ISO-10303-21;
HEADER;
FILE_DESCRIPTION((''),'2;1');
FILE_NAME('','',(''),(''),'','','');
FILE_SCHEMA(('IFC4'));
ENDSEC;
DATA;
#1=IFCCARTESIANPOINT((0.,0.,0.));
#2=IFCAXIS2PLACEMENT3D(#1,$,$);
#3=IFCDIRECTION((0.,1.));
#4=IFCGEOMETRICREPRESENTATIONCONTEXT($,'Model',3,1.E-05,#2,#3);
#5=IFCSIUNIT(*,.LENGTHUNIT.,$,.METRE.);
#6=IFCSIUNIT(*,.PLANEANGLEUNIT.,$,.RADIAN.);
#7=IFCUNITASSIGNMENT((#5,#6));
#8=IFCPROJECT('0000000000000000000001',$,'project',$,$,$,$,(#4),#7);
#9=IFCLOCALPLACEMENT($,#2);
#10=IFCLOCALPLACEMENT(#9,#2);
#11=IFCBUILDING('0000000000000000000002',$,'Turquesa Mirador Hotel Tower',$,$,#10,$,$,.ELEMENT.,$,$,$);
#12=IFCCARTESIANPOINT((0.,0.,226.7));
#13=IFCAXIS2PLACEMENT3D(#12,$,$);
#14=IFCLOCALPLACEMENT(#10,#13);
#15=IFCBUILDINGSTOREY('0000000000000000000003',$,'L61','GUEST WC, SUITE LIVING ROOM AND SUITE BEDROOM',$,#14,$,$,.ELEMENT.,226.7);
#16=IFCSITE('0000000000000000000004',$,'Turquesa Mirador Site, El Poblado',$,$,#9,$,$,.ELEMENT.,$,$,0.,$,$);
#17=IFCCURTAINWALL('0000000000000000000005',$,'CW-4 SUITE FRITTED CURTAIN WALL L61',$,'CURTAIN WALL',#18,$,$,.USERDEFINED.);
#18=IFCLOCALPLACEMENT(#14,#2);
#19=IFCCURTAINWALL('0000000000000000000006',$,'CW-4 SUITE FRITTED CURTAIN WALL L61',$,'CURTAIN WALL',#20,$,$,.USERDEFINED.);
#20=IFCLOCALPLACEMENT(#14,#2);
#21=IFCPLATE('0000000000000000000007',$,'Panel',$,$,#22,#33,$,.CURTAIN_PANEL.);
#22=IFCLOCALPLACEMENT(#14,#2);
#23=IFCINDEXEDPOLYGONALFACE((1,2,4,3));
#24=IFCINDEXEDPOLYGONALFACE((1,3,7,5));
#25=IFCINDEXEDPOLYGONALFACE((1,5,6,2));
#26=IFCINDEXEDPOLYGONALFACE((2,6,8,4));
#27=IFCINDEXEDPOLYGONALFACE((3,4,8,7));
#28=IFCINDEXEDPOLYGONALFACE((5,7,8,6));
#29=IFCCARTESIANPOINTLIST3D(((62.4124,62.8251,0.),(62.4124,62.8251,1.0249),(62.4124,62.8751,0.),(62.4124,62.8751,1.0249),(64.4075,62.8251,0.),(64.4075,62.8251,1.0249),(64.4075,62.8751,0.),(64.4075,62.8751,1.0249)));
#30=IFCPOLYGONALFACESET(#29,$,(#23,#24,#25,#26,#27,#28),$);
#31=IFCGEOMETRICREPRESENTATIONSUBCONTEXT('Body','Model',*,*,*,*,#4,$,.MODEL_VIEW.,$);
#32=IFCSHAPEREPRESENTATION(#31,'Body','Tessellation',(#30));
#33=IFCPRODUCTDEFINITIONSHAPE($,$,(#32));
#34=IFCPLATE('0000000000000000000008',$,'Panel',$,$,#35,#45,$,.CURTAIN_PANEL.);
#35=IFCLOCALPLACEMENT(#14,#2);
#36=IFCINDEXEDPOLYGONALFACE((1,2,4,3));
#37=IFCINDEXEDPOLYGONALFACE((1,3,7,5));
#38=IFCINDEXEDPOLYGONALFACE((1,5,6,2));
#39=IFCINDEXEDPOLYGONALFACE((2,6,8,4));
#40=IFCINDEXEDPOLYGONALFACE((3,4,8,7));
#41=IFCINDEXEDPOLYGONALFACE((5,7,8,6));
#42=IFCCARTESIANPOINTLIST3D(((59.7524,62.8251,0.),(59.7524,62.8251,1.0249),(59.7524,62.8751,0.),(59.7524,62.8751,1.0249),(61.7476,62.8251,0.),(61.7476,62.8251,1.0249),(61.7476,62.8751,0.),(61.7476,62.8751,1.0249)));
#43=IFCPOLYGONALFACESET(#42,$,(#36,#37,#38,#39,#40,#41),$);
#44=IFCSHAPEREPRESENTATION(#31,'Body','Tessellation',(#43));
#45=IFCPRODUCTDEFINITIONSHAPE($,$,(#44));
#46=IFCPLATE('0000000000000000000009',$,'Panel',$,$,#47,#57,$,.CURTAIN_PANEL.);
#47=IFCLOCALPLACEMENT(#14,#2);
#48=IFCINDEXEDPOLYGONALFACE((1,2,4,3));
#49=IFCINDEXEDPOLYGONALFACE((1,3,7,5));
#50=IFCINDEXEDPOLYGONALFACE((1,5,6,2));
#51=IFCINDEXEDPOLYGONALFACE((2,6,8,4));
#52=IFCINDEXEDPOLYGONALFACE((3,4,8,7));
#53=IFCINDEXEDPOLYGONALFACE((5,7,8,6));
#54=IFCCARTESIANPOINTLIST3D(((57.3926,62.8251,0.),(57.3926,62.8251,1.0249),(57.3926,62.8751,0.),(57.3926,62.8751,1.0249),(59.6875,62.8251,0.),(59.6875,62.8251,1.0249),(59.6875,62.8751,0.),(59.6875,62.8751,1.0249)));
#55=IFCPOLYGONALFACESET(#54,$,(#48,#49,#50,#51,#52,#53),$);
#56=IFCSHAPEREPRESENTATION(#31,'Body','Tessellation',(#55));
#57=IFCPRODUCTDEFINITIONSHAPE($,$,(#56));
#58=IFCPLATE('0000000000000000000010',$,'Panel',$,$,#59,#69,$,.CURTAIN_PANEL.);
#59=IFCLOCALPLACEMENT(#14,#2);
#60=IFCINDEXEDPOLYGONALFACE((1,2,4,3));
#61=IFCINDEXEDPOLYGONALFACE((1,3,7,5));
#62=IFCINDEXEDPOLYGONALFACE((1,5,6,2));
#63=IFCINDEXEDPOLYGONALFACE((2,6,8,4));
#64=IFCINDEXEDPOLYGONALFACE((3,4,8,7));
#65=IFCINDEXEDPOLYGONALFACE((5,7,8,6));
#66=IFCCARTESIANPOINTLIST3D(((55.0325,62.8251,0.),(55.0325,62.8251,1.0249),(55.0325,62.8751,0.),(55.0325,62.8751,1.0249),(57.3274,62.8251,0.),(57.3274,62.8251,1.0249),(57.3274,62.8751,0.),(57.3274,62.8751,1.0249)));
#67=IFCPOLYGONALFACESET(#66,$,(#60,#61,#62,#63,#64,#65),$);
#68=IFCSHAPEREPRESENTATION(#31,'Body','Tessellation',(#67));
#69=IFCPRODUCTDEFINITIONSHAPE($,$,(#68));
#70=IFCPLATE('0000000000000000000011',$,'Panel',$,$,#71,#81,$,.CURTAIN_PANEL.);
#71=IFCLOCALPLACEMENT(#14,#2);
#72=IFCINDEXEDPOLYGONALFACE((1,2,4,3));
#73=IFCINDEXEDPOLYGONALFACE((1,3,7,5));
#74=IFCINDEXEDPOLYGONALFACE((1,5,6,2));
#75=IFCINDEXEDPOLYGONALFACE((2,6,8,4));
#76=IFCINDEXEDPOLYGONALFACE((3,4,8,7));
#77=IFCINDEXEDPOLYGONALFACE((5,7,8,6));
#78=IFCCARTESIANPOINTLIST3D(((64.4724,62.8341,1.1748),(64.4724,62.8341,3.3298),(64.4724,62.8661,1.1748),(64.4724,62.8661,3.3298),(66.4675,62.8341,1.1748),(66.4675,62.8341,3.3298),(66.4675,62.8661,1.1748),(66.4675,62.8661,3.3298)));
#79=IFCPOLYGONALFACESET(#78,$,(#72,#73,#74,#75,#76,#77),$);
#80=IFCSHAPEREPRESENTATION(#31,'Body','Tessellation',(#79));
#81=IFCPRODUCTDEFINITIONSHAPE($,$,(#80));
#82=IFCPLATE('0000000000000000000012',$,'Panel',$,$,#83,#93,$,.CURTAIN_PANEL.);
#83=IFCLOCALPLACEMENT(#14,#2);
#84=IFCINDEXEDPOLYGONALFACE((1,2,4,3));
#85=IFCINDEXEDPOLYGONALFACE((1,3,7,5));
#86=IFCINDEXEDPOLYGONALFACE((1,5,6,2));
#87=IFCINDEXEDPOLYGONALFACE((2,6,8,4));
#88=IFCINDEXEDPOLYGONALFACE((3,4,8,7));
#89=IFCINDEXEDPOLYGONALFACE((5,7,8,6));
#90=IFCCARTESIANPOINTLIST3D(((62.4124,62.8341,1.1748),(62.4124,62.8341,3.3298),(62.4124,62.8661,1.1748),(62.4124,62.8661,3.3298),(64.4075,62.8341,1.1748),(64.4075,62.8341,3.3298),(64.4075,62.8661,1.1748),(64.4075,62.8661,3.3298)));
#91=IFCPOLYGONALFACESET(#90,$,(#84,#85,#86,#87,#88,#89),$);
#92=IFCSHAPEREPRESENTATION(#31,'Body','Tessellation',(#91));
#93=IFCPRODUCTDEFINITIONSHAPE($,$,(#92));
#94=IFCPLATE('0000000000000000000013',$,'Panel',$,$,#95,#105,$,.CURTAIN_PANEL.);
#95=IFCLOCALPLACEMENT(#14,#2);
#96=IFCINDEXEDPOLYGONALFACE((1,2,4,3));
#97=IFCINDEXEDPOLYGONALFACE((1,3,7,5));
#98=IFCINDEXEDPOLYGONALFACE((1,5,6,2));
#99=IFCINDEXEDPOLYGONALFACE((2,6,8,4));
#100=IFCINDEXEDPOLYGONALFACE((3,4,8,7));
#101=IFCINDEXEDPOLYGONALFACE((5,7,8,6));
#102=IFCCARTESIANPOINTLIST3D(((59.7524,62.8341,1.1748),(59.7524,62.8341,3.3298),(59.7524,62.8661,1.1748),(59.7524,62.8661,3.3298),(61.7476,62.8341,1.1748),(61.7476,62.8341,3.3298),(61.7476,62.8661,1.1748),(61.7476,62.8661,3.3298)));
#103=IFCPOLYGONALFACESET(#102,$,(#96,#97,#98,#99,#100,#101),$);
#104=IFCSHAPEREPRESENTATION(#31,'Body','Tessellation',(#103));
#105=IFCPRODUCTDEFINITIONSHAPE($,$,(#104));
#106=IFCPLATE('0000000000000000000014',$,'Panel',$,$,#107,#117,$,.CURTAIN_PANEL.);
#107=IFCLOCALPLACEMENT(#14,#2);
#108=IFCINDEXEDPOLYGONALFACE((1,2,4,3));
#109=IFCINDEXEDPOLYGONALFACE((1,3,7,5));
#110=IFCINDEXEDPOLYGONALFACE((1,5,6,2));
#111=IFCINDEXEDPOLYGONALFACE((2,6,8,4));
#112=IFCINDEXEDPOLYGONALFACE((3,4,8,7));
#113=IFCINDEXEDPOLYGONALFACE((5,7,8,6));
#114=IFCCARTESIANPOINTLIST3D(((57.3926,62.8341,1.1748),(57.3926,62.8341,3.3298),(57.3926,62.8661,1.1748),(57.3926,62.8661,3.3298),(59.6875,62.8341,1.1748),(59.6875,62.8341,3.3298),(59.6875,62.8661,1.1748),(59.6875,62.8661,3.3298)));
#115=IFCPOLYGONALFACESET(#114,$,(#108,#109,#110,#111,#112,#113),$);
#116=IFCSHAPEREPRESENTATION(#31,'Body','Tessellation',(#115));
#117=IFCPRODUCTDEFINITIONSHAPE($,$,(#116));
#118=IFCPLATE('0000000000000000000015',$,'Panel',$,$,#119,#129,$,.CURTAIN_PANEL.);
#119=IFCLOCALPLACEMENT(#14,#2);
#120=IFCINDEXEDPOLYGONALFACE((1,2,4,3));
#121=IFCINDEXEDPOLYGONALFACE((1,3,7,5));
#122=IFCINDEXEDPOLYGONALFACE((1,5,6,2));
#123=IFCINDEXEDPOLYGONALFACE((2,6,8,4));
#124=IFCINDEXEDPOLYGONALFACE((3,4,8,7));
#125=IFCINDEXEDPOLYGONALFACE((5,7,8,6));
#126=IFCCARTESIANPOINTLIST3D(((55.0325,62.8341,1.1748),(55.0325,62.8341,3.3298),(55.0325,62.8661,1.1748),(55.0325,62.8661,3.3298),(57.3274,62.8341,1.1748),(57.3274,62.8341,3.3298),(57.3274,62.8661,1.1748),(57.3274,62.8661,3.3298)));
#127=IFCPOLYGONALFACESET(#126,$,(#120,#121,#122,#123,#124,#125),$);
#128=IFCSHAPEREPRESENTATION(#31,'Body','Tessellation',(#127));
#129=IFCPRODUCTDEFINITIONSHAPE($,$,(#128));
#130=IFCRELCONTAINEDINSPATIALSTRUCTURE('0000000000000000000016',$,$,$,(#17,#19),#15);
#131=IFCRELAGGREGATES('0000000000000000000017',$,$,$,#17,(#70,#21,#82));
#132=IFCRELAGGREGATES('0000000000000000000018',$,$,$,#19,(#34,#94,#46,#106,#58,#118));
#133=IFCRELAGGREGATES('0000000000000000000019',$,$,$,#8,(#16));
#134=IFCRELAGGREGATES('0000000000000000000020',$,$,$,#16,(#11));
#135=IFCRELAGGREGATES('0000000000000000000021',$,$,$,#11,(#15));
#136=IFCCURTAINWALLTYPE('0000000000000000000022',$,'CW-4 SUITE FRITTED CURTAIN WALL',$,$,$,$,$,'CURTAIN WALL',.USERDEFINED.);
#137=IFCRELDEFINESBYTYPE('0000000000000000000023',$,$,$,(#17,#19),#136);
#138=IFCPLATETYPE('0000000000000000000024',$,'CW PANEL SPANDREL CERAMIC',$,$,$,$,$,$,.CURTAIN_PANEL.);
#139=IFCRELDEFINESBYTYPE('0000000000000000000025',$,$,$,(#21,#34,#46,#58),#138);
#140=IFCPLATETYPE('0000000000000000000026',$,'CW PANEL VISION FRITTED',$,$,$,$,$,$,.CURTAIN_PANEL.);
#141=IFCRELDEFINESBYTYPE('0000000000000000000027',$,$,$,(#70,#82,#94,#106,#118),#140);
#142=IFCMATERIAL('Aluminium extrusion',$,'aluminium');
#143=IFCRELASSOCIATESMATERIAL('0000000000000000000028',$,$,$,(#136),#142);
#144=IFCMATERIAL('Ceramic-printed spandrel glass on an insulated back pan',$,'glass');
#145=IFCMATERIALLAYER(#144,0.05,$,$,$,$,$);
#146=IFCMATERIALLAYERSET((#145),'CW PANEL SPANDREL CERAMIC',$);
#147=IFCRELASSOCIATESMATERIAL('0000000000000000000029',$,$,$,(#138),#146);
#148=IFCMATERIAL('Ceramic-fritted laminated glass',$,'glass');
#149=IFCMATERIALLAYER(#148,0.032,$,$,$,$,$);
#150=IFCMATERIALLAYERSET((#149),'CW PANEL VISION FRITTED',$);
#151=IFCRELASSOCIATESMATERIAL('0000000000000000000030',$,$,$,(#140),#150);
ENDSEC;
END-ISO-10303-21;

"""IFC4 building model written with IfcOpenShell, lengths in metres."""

from ifc_helpers import new_model, si_unit, direction, frame, origin, origin_2d, place, context, subcontext, project, spatial, rectangle, extrude, material, layer, layer_set, type_object, element, aggregate, save


model = new_model("IFC4")

# Units and contexts
model_context = context("Model", 3, precision=1e-05, world=origin(), true_north=direction((0.0, 1.0)))
body_context = subcontext(model_context, "Body", "Model", "MODEL_VIEW")
ifc_project = project(units=[si_unit("LENGTHUNIT", "METRE"), si_unit("PLANEANGLEUNIT", "RADIAN")], contexts=[model_context])

# Site, building, storey
site_placement = place(None, origin())
site = spatial("IfcSite", under=ifc_project, at=site_placement, Name="Turquesa Mirador Site, El Poblado", CompositionType="ELEMENT", RefElevation=0.0)
building_placement = place(site_placement, origin())
building = spatial("IfcBuilding", under=site, at=building_placement, Name="Turquesa Mirador Hotel Tower", CompositionType="ELEMENT")
storey_placement = place(building_placement, frame((0.0, 0.0, 226.7)))
storey = spatial("IfcBuildingStorey", under=building, at=storey_placement, Name="L61", Description="GUEST WC, SUITE LIVING ROOM AND SUITE BEDROOM", CompositionType="ELEMENT", Elevation=226.7)

# Shared definitions
ifc_material_1 = material(Name="Aluminium extrusion", Category="aluminium")
curtain_wall_type = type_object("IfcCurtainWallType", Name="CW-4 SUITE FRITTED CURTAIN WALL", ElementType="CURTAIN WALL", PredefinedType="USERDEFINED", material=ifc_material_1)

# Curtain walls
curtain_wall_1_placement = place(storey_placement, origin())
curtain_wall_1 = element("IfcCurtainWall", 1, at=curtain_wall_1_placement, inside=storey, type_object=curtain_wall_type, Name="CW-4 SUITE FRITTED CURTAIN WALL L61", ObjectType="CURTAIN WALL", PredefinedType="USERDEFINED")
curtain_wall_2_placement = place(storey_placement, origin())
curtain_wall_2 = element("IfcCurtainWall", 2, at=curtain_wall_2_placement, inside=storey, type_object=curtain_wall_type, Name="CW-4 SUITE FRITTED CURTAIN WALL L61", ObjectType="CURTAIN WALL", PredefinedType="USERDEFINED")

# Plates
ifc_material_2 = material(Name="Ceramic-printed spandrel glass on an insulated back pan", Category="glass")
ifc_layer_1 = layer(ifc_material_2, 0.05)
ifc_layer_set_1 = layer_set([ifc_layer_1], Name="CW PANEL SPANDREL CERAMIC")
plate_type_1 = type_object("IfcPlateType", Name="CW PANEL SPANDREL CERAMIC", PredefinedType="CURTAIN_PANEL", material=ifc_layer_set_1)
plate_1_placement = place(storey_placement, frame((63.4099, 62.8501, 0.0), z_axis=(0.0, 0.0, 1.0), x_axis=(-1.0, 0.0, 0.0)))
plate_1 = element("IfcPlate", 3, at=plate_1_placement, type_object=plate_type_1, Name="Panel", PredefinedType="CURTAIN_PANEL", context=body_context, shape_type="SweptSolid", body=[
    extrude(rectangle(XDim=1.9951, YDim=0.05, at=origin_2d()), origin(), (0.0, 0.0, 1.0), 1.0249),
])
plate_2_placement = place(storey_placement, frame((60.75, 62.8501, 0.0), z_axis=(0.0, 0.0, 1.0), x_axis=(-1.0, 0.0, 0.0)))
plate_2 = element("IfcPlate", 4, at=plate_2_placement, type_object=plate_type_1, Name="Panel", PredefinedType="CURTAIN_PANEL", context=body_context, shape_type="SweptSolid", body=[
    extrude(rectangle(XDim=1.9951, YDim=0.05, at=origin_2d()), origin(), (0.0, 0.0, 1.0), 1.0249),
])
plate_3_placement = place(storey_placement, frame((58.54, 62.8501, 0.0), z_axis=(0.0, 0.0, 1.0), x_axis=(-1.0, 0.0, 0.0)))
plate_3 = element("IfcPlate", 5, at=plate_3_placement, type_object=plate_type_1, Name="Panel", PredefinedType="CURTAIN_PANEL", context=body_context, shape_type="SweptSolid", body=[
    extrude(rectangle(XDim=2.2949, YDim=0.05, at=origin_2d()), origin(), (0.0, 0.0, 1.0), 1.0249),
])
plate_4_placement = place(storey_placement, frame((56.1799, 62.8501, 0.0), z_axis=(0.0, 0.0, 1.0), x_axis=(-1.0, 0.0, 0.0)))
plate_4 = element("IfcPlate", 6, at=plate_4_placement, type_object=plate_type_1, Name="Panel", PredefinedType="CURTAIN_PANEL", context=body_context, shape_type="SweptSolid", body=[
    extrude(rectangle(XDim=2.2949, YDim=0.05, at=origin_2d()), origin(), (0.0, 0.0, 1.0), 1.0249),
])
ifc_material_3 = material(Name="Ceramic-fritted laminated glass", Category="glass")
ifc_layer_2 = layer(ifc_material_3, 0.032)
ifc_layer_set_2 = layer_set([ifc_layer_2], Name="CW PANEL VISION FRITTED")
plate_type_2 = type_object("IfcPlateType", Name="CW PANEL VISION FRITTED", PredefinedType="CURTAIN_PANEL", material=ifc_layer_set_2)
plate_5_placement = place(storey_placement, frame((65.47, 62.8501, 1.1748), z_axis=(0.0, 0.0, 1.0), x_axis=(-1.0, 0.0, 0.0)))
plate_5 = element("IfcPlate", 7, at=plate_5_placement, type_object=plate_type_2, Name="Panel", PredefinedType="CURTAIN_PANEL", context=body_context, shape_type="SweptSolid", body=[
    extrude(rectangle(XDim=1.9951, YDim=0.032, at=origin_2d()), origin(), (0.0, 0.0, 1.0), 2.155),
])
plate_6_placement = place(storey_placement, frame((63.4099, 62.8501, 1.1748), z_axis=(0.0, 0.0, 1.0), x_axis=(-1.0, 0.0, 0.0)))
plate_6 = element("IfcPlate", 8, at=plate_6_placement, type_object=plate_type_2, Name="Panel", PredefinedType="CURTAIN_PANEL", context=body_context, shape_type="SweptSolid", body=[
    extrude(rectangle(XDim=1.9951, YDim=0.032, at=origin_2d()), origin(), (0.0, 0.0, 1.0), 2.155),
])
aggregate(curtain_wall_1, [plate_5, plate_1, plate_6])
plate_7_placement = place(storey_placement, frame((60.75, 62.8501, 1.1748), z_axis=(0.0, 0.0, 1.0), x_axis=(-1.0, 0.0, 0.0)))
plate_7 = element("IfcPlate", 9, at=plate_7_placement, type_object=plate_type_2, Name="Panel", PredefinedType="CURTAIN_PANEL", context=body_context, shape_type="SweptSolid", body=[
    extrude(rectangle(XDim=1.9951, YDim=0.032, at=origin_2d()), origin(), (0.0, 0.0, 1.0), 2.155),
])
plate_8_placement = place(storey_placement, frame((58.54, 62.8501, 1.1748), z_axis=(0.0, 0.0, 1.0), x_axis=(-1.0, 0.0, 0.0)))
plate_8 = element("IfcPlate", 10, at=plate_8_placement, type_object=plate_type_2, Name="Panel", PredefinedType="CURTAIN_PANEL", context=body_context, shape_type="SweptSolid", body=[
    extrude(rectangle(XDim=2.2949, YDim=0.032, at=origin_2d()), origin(), (0.0, 0.0, 1.0), 2.155),
])
plate_9_placement = place(storey_placement, frame((56.1799, 62.8501, 1.1748), z_axis=(0.0, 0.0, 1.0), x_axis=(-1.0, 0.0, 0.0)))
plate_9 = element("IfcPlate", 11, at=plate_9_placement, type_object=plate_type_2, Name="Panel", PredefinedType="CURTAIN_PANEL", context=body_context, shape_type="SweptSolid", body=[
    extrude(rectangle(XDim=2.2949, YDim=0.032, at=origin_2d()), origin(), (0.0, 0.0, 1.0), 2.155),
])
aggregate(curtain_wall_2, [plate_2, plate_7, plate_3, plate_8, plate_4, plate_9])

save(model, "model.ifc")
